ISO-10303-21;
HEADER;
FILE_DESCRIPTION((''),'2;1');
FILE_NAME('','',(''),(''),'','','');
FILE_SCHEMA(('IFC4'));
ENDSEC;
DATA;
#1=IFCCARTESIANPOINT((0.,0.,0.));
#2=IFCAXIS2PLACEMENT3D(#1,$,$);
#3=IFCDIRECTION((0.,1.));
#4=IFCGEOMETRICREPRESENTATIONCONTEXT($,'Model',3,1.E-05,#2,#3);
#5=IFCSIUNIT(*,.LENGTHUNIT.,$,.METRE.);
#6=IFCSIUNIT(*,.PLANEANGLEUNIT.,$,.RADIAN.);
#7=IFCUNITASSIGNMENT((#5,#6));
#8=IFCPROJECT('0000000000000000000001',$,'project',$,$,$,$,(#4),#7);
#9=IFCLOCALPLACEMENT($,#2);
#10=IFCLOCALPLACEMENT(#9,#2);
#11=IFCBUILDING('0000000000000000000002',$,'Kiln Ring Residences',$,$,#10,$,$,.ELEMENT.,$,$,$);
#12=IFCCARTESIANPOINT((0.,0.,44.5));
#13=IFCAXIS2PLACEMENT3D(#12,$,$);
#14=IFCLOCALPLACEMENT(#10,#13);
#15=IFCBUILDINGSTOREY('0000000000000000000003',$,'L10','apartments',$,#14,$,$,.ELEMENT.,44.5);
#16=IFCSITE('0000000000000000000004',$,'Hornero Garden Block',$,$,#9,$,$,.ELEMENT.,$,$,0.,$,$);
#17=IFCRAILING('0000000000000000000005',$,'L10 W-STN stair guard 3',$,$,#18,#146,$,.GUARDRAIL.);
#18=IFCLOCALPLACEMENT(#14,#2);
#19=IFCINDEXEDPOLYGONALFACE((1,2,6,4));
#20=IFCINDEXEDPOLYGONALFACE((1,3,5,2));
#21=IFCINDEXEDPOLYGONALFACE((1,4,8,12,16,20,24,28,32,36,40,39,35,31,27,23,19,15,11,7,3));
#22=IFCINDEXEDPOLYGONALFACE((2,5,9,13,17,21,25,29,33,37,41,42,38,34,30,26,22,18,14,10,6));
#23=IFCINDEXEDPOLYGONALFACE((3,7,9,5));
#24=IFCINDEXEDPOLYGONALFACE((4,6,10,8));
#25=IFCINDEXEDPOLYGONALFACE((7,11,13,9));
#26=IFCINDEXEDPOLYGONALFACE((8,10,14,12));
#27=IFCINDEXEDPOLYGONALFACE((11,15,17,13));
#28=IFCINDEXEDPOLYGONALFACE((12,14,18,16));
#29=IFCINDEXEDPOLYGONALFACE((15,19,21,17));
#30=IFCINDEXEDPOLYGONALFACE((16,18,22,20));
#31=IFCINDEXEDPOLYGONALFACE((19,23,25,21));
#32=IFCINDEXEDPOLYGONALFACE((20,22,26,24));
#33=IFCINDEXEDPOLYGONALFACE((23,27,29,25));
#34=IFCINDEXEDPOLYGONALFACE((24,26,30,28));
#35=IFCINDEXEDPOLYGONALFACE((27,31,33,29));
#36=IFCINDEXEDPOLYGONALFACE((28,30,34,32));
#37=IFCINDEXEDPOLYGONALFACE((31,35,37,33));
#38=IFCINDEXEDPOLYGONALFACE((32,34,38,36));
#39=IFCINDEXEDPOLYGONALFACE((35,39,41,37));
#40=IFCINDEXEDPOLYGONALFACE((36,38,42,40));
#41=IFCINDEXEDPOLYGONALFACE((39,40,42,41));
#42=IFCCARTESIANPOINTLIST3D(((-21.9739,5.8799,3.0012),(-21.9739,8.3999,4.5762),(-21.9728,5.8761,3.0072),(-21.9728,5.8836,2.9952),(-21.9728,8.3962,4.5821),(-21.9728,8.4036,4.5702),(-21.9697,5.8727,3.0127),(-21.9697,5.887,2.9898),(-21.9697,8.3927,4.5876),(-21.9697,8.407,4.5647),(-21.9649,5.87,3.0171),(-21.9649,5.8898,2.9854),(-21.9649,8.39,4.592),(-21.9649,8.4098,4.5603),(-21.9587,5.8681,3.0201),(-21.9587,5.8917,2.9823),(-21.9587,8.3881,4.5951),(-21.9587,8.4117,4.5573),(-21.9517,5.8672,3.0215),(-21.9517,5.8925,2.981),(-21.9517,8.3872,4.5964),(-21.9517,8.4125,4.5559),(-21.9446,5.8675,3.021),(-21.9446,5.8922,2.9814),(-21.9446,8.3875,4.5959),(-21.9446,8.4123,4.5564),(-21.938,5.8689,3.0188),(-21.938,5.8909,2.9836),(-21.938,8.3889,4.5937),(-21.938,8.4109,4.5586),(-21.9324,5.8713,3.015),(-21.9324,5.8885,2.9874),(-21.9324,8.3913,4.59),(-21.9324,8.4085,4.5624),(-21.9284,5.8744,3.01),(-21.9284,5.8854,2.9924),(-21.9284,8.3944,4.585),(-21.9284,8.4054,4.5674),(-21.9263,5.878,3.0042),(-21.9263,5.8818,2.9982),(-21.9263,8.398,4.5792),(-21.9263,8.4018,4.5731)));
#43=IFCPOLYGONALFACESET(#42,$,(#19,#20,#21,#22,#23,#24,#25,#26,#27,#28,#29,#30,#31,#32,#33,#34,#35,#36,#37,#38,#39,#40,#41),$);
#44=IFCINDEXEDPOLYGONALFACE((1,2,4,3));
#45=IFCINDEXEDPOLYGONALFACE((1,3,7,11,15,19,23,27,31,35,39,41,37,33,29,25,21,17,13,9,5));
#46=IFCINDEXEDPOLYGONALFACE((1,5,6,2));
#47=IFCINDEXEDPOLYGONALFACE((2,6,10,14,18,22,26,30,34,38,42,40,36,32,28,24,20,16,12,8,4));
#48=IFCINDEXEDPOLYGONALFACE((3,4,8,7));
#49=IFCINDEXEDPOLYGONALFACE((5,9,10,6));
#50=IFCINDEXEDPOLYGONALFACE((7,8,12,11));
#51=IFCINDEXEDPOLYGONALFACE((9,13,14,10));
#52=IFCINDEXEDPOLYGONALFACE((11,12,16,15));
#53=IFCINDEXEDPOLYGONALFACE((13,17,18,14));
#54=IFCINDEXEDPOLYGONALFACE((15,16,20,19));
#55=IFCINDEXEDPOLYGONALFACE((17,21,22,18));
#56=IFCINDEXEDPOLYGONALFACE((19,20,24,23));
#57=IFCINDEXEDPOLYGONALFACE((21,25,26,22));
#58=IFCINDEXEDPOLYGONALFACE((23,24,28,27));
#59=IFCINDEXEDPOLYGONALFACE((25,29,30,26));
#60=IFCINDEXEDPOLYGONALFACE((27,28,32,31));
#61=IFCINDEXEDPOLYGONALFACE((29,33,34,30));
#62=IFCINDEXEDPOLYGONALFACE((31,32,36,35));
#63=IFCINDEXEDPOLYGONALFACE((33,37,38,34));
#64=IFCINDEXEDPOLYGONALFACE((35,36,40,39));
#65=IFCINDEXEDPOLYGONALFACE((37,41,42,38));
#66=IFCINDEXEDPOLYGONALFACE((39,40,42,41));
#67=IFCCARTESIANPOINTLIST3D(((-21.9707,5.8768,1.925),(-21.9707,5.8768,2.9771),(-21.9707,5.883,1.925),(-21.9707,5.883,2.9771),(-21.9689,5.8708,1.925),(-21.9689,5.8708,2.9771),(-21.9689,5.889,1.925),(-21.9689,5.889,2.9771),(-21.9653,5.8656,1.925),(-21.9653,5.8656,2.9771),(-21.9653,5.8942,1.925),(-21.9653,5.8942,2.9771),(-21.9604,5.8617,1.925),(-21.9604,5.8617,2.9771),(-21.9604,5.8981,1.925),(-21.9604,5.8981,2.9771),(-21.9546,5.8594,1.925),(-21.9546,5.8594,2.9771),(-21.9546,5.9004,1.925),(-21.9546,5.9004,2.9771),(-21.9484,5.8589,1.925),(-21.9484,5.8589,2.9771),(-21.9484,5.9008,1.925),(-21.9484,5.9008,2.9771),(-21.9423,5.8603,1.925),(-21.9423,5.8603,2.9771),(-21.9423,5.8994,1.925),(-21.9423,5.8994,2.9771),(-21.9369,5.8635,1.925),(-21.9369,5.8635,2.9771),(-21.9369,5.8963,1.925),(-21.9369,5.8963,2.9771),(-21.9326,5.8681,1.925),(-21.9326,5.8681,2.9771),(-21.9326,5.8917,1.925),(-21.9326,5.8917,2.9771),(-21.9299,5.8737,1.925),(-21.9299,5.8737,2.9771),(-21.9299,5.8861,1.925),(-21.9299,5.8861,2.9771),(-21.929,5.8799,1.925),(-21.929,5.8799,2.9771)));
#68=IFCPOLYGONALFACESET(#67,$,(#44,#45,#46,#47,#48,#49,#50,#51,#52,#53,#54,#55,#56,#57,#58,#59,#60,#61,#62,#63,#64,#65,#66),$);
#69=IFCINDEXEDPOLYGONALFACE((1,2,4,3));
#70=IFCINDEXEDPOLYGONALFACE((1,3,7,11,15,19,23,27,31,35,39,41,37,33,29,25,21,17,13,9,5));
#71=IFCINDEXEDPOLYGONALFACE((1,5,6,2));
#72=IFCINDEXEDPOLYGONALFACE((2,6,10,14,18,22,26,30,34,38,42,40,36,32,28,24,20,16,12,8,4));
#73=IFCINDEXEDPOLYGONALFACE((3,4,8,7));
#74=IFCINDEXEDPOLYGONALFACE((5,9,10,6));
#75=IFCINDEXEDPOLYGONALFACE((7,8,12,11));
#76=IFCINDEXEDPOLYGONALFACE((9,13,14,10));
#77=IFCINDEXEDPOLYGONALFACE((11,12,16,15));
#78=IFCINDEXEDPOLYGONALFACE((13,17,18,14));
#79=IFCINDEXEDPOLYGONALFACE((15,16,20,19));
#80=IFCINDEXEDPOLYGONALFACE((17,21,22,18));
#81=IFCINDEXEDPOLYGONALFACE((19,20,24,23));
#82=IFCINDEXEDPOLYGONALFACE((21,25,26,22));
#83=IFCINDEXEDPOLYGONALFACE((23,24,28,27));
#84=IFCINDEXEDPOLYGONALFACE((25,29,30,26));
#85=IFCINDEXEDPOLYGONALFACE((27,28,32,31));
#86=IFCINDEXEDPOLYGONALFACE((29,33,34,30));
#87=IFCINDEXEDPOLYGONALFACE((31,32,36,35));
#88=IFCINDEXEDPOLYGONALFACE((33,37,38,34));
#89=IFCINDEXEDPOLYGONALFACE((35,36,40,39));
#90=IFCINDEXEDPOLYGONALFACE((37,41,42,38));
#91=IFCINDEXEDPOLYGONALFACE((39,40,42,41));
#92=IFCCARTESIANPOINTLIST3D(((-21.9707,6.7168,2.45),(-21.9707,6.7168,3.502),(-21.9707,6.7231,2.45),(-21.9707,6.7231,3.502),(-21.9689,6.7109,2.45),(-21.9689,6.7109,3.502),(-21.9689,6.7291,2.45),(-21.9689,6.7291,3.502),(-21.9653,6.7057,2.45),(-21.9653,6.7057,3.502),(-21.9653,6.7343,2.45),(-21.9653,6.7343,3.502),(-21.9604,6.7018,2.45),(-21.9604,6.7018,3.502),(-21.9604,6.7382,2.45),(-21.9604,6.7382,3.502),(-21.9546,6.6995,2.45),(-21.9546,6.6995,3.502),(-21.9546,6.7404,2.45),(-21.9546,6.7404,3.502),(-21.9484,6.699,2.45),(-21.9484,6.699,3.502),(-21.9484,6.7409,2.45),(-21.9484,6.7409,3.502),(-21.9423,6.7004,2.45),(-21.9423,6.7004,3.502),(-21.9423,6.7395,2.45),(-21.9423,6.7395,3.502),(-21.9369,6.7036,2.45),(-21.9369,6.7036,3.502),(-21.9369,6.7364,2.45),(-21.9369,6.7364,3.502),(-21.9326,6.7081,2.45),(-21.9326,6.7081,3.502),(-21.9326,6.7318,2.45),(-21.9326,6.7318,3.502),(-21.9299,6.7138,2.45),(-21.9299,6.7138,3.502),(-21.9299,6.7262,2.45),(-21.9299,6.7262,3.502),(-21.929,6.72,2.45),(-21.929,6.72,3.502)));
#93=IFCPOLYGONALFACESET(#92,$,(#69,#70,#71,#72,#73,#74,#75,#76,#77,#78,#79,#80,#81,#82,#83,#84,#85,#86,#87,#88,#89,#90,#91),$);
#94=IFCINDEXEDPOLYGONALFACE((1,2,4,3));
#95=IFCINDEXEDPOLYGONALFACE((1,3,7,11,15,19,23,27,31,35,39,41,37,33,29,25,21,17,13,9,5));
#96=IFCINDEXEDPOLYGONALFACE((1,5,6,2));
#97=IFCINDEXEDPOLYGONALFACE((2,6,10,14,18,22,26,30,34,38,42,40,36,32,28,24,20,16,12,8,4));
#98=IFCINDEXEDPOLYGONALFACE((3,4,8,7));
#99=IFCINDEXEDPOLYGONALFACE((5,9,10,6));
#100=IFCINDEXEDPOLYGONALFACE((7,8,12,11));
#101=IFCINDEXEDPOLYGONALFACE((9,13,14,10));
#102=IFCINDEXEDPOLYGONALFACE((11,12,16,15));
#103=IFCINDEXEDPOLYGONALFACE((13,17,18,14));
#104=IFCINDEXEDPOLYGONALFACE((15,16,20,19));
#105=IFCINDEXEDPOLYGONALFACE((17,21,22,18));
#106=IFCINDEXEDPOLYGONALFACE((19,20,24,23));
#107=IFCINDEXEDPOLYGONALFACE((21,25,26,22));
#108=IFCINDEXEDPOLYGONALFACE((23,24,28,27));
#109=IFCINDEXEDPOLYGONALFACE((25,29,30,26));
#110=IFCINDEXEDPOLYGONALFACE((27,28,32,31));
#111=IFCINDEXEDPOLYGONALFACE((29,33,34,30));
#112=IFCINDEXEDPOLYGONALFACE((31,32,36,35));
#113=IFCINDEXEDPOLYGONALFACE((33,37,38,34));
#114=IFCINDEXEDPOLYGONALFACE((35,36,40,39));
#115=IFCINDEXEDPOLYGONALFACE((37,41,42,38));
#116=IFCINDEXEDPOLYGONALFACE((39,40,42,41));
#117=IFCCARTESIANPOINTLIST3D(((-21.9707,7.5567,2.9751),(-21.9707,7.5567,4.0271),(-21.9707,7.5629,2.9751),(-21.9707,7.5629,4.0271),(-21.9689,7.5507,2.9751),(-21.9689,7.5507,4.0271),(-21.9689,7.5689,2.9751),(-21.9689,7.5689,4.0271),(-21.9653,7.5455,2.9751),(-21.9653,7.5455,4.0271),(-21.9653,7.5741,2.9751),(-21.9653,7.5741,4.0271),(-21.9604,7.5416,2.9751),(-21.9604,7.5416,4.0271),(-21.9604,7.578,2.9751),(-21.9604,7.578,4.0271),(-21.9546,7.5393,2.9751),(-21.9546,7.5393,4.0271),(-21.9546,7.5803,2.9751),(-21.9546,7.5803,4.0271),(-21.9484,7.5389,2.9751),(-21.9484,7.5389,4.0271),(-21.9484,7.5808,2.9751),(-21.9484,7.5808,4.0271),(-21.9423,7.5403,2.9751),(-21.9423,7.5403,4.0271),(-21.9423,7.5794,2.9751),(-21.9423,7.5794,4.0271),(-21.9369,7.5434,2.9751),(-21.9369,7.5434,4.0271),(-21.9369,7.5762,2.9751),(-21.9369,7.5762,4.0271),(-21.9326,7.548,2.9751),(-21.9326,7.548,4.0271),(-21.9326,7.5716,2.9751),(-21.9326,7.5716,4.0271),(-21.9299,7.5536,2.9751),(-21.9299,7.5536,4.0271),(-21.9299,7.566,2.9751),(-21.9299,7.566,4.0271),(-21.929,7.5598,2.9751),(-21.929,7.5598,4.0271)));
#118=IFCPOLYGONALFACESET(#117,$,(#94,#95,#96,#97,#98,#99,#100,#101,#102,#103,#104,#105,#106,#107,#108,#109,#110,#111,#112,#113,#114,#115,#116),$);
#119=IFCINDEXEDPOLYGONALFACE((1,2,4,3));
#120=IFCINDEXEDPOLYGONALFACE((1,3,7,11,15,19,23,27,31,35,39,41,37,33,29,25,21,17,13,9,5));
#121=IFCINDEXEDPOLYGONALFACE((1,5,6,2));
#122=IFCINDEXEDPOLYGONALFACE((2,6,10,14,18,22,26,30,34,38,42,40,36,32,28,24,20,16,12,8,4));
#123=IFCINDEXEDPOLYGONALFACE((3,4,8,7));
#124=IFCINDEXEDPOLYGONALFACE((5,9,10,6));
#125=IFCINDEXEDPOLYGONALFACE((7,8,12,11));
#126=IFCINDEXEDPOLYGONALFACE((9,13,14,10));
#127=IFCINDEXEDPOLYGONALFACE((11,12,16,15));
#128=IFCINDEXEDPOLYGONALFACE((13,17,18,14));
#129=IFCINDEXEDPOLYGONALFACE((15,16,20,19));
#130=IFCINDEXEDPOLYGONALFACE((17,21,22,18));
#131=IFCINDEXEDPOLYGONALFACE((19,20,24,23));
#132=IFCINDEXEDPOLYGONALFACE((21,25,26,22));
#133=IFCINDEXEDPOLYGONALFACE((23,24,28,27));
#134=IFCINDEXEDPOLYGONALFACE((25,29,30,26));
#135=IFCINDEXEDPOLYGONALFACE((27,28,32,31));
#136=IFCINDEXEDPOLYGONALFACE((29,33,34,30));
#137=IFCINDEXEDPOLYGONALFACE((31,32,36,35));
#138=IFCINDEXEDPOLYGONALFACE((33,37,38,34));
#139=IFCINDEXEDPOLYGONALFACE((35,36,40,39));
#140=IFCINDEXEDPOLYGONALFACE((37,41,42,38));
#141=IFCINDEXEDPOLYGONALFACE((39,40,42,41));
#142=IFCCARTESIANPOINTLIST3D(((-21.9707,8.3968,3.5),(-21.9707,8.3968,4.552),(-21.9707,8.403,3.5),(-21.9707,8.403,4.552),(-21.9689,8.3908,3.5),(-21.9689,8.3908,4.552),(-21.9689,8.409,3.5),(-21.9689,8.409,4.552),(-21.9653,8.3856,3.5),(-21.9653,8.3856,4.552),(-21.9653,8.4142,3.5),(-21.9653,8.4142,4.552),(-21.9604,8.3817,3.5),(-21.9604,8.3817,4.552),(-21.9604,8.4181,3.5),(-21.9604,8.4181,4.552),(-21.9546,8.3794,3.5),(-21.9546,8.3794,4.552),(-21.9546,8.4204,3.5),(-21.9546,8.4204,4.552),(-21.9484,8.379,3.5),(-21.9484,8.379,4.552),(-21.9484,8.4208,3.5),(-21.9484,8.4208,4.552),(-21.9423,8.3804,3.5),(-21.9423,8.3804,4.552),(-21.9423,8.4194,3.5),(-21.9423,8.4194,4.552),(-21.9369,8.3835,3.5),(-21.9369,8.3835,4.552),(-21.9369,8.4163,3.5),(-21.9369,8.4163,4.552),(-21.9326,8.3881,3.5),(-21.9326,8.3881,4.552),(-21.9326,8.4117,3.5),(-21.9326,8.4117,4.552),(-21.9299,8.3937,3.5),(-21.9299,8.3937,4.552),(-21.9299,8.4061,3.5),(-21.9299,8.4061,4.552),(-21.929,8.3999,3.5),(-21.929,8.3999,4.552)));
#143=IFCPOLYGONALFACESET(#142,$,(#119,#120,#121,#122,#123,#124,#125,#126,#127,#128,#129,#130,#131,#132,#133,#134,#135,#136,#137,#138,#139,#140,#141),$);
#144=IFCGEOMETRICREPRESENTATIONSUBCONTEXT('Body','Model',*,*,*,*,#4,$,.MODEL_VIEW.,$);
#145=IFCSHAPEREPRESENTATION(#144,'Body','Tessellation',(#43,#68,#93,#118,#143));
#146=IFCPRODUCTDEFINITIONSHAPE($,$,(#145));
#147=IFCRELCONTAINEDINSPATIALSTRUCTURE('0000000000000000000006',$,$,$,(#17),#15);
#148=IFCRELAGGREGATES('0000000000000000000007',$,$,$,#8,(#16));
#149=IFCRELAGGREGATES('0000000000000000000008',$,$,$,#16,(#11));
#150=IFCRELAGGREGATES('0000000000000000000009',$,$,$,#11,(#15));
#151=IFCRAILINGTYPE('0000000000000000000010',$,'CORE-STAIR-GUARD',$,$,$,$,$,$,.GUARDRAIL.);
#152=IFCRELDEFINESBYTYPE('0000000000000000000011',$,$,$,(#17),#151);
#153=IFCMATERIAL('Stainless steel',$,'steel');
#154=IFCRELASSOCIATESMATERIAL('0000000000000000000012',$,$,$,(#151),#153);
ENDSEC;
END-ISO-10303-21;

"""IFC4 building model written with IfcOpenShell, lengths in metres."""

from ifc_helpers import new_model, si_unit, direction, frame, origin, origin_2d, place, context, subcontext, project, spatial, circle, extrude, material, type_object, element, save


model = new_model("IFC4")

# Units and contexts
model_context = context("Model", 3, precision=1e-05, world=origin(), true_north=direction((0.0, 1.0)))
body_context = subcontext(model_context, "Body", "Model", "MODEL_VIEW")
ifc_project = project(units=[si_unit("LENGTHUNIT", "METRE"), si_unit("PLANEANGLEUNIT", "RADIAN")], contexts=[model_context])

# Site, building, storey
site_placement = place(None, origin())
site = spatial("IfcSite", under=ifc_project, at=site_placement, Name="Hornero Garden Block", CompositionType="ELEMENT", RefElevation=0.0)
building_placement = place(site_placement, origin())
building = spatial("IfcBuilding", under=site, at=building_placement, Name="Kiln Ring Residences", CompositionType="ELEMENT")
storey_placement = place(building_placement, frame((0.0, 0.0, 44.5)))
storey = spatial("IfcBuildingStorey", under=building, at=storey_placement, Name="L10", Description="apartments", CompositionType="ELEMENT", Elevation=44.5)

# Railing
ifc_material_1 = material(Name="Stainless steel", Category="steel")
railing_type_1 = type_object("IfcRailingType", Name="CORE-STAIR-GUARD", PredefinedType="GUARDRAIL", material=ifc_material_1)
railing_1_placement = place(storey_placement, frame((-21.95, 5.8799, 1.925)))
element("IfcRailing", 1, at=railing_1_placement, inside=storey, type_object=railing_type_1, Name="L10 W-STN stair guard 3", PredefinedType="GUARDRAIL", context=body_context, shape_type="SweptSolid", body=[
    extrude(circle(Radius=0.0239, at=origin_2d()), frame((0.0, 0.0, 1.0762), z_axis=(0.0, 0.848008, 0.529984), x_axis=(-1.0, 0.0, 0.0)), (0.0, 0.0, 1.0), 2.9717),
    extrude(circle(Radius=0.021, at=origin_2d()), origin(), (0.0, 0.0, 1.0), 1.052),
    extrude(circle(Radius=0.021, at=origin_2d()), frame((0.0, 0.8401, 0.5249)), (0.0, 0.0, 1.0), 1.052),
    extrude(circle(Radius=0.021, at=origin_2d()), frame((0.0, 1.6799, 1.05)), (0.0, 0.0, 1.0), 1.052),
    extrude(circle(Radius=0.021, at=origin_2d()), frame((0.0, 2.52, 1.575)), (0.0, 0.0, 1.0), 1.052),
])

save(model, "model.ifc")
